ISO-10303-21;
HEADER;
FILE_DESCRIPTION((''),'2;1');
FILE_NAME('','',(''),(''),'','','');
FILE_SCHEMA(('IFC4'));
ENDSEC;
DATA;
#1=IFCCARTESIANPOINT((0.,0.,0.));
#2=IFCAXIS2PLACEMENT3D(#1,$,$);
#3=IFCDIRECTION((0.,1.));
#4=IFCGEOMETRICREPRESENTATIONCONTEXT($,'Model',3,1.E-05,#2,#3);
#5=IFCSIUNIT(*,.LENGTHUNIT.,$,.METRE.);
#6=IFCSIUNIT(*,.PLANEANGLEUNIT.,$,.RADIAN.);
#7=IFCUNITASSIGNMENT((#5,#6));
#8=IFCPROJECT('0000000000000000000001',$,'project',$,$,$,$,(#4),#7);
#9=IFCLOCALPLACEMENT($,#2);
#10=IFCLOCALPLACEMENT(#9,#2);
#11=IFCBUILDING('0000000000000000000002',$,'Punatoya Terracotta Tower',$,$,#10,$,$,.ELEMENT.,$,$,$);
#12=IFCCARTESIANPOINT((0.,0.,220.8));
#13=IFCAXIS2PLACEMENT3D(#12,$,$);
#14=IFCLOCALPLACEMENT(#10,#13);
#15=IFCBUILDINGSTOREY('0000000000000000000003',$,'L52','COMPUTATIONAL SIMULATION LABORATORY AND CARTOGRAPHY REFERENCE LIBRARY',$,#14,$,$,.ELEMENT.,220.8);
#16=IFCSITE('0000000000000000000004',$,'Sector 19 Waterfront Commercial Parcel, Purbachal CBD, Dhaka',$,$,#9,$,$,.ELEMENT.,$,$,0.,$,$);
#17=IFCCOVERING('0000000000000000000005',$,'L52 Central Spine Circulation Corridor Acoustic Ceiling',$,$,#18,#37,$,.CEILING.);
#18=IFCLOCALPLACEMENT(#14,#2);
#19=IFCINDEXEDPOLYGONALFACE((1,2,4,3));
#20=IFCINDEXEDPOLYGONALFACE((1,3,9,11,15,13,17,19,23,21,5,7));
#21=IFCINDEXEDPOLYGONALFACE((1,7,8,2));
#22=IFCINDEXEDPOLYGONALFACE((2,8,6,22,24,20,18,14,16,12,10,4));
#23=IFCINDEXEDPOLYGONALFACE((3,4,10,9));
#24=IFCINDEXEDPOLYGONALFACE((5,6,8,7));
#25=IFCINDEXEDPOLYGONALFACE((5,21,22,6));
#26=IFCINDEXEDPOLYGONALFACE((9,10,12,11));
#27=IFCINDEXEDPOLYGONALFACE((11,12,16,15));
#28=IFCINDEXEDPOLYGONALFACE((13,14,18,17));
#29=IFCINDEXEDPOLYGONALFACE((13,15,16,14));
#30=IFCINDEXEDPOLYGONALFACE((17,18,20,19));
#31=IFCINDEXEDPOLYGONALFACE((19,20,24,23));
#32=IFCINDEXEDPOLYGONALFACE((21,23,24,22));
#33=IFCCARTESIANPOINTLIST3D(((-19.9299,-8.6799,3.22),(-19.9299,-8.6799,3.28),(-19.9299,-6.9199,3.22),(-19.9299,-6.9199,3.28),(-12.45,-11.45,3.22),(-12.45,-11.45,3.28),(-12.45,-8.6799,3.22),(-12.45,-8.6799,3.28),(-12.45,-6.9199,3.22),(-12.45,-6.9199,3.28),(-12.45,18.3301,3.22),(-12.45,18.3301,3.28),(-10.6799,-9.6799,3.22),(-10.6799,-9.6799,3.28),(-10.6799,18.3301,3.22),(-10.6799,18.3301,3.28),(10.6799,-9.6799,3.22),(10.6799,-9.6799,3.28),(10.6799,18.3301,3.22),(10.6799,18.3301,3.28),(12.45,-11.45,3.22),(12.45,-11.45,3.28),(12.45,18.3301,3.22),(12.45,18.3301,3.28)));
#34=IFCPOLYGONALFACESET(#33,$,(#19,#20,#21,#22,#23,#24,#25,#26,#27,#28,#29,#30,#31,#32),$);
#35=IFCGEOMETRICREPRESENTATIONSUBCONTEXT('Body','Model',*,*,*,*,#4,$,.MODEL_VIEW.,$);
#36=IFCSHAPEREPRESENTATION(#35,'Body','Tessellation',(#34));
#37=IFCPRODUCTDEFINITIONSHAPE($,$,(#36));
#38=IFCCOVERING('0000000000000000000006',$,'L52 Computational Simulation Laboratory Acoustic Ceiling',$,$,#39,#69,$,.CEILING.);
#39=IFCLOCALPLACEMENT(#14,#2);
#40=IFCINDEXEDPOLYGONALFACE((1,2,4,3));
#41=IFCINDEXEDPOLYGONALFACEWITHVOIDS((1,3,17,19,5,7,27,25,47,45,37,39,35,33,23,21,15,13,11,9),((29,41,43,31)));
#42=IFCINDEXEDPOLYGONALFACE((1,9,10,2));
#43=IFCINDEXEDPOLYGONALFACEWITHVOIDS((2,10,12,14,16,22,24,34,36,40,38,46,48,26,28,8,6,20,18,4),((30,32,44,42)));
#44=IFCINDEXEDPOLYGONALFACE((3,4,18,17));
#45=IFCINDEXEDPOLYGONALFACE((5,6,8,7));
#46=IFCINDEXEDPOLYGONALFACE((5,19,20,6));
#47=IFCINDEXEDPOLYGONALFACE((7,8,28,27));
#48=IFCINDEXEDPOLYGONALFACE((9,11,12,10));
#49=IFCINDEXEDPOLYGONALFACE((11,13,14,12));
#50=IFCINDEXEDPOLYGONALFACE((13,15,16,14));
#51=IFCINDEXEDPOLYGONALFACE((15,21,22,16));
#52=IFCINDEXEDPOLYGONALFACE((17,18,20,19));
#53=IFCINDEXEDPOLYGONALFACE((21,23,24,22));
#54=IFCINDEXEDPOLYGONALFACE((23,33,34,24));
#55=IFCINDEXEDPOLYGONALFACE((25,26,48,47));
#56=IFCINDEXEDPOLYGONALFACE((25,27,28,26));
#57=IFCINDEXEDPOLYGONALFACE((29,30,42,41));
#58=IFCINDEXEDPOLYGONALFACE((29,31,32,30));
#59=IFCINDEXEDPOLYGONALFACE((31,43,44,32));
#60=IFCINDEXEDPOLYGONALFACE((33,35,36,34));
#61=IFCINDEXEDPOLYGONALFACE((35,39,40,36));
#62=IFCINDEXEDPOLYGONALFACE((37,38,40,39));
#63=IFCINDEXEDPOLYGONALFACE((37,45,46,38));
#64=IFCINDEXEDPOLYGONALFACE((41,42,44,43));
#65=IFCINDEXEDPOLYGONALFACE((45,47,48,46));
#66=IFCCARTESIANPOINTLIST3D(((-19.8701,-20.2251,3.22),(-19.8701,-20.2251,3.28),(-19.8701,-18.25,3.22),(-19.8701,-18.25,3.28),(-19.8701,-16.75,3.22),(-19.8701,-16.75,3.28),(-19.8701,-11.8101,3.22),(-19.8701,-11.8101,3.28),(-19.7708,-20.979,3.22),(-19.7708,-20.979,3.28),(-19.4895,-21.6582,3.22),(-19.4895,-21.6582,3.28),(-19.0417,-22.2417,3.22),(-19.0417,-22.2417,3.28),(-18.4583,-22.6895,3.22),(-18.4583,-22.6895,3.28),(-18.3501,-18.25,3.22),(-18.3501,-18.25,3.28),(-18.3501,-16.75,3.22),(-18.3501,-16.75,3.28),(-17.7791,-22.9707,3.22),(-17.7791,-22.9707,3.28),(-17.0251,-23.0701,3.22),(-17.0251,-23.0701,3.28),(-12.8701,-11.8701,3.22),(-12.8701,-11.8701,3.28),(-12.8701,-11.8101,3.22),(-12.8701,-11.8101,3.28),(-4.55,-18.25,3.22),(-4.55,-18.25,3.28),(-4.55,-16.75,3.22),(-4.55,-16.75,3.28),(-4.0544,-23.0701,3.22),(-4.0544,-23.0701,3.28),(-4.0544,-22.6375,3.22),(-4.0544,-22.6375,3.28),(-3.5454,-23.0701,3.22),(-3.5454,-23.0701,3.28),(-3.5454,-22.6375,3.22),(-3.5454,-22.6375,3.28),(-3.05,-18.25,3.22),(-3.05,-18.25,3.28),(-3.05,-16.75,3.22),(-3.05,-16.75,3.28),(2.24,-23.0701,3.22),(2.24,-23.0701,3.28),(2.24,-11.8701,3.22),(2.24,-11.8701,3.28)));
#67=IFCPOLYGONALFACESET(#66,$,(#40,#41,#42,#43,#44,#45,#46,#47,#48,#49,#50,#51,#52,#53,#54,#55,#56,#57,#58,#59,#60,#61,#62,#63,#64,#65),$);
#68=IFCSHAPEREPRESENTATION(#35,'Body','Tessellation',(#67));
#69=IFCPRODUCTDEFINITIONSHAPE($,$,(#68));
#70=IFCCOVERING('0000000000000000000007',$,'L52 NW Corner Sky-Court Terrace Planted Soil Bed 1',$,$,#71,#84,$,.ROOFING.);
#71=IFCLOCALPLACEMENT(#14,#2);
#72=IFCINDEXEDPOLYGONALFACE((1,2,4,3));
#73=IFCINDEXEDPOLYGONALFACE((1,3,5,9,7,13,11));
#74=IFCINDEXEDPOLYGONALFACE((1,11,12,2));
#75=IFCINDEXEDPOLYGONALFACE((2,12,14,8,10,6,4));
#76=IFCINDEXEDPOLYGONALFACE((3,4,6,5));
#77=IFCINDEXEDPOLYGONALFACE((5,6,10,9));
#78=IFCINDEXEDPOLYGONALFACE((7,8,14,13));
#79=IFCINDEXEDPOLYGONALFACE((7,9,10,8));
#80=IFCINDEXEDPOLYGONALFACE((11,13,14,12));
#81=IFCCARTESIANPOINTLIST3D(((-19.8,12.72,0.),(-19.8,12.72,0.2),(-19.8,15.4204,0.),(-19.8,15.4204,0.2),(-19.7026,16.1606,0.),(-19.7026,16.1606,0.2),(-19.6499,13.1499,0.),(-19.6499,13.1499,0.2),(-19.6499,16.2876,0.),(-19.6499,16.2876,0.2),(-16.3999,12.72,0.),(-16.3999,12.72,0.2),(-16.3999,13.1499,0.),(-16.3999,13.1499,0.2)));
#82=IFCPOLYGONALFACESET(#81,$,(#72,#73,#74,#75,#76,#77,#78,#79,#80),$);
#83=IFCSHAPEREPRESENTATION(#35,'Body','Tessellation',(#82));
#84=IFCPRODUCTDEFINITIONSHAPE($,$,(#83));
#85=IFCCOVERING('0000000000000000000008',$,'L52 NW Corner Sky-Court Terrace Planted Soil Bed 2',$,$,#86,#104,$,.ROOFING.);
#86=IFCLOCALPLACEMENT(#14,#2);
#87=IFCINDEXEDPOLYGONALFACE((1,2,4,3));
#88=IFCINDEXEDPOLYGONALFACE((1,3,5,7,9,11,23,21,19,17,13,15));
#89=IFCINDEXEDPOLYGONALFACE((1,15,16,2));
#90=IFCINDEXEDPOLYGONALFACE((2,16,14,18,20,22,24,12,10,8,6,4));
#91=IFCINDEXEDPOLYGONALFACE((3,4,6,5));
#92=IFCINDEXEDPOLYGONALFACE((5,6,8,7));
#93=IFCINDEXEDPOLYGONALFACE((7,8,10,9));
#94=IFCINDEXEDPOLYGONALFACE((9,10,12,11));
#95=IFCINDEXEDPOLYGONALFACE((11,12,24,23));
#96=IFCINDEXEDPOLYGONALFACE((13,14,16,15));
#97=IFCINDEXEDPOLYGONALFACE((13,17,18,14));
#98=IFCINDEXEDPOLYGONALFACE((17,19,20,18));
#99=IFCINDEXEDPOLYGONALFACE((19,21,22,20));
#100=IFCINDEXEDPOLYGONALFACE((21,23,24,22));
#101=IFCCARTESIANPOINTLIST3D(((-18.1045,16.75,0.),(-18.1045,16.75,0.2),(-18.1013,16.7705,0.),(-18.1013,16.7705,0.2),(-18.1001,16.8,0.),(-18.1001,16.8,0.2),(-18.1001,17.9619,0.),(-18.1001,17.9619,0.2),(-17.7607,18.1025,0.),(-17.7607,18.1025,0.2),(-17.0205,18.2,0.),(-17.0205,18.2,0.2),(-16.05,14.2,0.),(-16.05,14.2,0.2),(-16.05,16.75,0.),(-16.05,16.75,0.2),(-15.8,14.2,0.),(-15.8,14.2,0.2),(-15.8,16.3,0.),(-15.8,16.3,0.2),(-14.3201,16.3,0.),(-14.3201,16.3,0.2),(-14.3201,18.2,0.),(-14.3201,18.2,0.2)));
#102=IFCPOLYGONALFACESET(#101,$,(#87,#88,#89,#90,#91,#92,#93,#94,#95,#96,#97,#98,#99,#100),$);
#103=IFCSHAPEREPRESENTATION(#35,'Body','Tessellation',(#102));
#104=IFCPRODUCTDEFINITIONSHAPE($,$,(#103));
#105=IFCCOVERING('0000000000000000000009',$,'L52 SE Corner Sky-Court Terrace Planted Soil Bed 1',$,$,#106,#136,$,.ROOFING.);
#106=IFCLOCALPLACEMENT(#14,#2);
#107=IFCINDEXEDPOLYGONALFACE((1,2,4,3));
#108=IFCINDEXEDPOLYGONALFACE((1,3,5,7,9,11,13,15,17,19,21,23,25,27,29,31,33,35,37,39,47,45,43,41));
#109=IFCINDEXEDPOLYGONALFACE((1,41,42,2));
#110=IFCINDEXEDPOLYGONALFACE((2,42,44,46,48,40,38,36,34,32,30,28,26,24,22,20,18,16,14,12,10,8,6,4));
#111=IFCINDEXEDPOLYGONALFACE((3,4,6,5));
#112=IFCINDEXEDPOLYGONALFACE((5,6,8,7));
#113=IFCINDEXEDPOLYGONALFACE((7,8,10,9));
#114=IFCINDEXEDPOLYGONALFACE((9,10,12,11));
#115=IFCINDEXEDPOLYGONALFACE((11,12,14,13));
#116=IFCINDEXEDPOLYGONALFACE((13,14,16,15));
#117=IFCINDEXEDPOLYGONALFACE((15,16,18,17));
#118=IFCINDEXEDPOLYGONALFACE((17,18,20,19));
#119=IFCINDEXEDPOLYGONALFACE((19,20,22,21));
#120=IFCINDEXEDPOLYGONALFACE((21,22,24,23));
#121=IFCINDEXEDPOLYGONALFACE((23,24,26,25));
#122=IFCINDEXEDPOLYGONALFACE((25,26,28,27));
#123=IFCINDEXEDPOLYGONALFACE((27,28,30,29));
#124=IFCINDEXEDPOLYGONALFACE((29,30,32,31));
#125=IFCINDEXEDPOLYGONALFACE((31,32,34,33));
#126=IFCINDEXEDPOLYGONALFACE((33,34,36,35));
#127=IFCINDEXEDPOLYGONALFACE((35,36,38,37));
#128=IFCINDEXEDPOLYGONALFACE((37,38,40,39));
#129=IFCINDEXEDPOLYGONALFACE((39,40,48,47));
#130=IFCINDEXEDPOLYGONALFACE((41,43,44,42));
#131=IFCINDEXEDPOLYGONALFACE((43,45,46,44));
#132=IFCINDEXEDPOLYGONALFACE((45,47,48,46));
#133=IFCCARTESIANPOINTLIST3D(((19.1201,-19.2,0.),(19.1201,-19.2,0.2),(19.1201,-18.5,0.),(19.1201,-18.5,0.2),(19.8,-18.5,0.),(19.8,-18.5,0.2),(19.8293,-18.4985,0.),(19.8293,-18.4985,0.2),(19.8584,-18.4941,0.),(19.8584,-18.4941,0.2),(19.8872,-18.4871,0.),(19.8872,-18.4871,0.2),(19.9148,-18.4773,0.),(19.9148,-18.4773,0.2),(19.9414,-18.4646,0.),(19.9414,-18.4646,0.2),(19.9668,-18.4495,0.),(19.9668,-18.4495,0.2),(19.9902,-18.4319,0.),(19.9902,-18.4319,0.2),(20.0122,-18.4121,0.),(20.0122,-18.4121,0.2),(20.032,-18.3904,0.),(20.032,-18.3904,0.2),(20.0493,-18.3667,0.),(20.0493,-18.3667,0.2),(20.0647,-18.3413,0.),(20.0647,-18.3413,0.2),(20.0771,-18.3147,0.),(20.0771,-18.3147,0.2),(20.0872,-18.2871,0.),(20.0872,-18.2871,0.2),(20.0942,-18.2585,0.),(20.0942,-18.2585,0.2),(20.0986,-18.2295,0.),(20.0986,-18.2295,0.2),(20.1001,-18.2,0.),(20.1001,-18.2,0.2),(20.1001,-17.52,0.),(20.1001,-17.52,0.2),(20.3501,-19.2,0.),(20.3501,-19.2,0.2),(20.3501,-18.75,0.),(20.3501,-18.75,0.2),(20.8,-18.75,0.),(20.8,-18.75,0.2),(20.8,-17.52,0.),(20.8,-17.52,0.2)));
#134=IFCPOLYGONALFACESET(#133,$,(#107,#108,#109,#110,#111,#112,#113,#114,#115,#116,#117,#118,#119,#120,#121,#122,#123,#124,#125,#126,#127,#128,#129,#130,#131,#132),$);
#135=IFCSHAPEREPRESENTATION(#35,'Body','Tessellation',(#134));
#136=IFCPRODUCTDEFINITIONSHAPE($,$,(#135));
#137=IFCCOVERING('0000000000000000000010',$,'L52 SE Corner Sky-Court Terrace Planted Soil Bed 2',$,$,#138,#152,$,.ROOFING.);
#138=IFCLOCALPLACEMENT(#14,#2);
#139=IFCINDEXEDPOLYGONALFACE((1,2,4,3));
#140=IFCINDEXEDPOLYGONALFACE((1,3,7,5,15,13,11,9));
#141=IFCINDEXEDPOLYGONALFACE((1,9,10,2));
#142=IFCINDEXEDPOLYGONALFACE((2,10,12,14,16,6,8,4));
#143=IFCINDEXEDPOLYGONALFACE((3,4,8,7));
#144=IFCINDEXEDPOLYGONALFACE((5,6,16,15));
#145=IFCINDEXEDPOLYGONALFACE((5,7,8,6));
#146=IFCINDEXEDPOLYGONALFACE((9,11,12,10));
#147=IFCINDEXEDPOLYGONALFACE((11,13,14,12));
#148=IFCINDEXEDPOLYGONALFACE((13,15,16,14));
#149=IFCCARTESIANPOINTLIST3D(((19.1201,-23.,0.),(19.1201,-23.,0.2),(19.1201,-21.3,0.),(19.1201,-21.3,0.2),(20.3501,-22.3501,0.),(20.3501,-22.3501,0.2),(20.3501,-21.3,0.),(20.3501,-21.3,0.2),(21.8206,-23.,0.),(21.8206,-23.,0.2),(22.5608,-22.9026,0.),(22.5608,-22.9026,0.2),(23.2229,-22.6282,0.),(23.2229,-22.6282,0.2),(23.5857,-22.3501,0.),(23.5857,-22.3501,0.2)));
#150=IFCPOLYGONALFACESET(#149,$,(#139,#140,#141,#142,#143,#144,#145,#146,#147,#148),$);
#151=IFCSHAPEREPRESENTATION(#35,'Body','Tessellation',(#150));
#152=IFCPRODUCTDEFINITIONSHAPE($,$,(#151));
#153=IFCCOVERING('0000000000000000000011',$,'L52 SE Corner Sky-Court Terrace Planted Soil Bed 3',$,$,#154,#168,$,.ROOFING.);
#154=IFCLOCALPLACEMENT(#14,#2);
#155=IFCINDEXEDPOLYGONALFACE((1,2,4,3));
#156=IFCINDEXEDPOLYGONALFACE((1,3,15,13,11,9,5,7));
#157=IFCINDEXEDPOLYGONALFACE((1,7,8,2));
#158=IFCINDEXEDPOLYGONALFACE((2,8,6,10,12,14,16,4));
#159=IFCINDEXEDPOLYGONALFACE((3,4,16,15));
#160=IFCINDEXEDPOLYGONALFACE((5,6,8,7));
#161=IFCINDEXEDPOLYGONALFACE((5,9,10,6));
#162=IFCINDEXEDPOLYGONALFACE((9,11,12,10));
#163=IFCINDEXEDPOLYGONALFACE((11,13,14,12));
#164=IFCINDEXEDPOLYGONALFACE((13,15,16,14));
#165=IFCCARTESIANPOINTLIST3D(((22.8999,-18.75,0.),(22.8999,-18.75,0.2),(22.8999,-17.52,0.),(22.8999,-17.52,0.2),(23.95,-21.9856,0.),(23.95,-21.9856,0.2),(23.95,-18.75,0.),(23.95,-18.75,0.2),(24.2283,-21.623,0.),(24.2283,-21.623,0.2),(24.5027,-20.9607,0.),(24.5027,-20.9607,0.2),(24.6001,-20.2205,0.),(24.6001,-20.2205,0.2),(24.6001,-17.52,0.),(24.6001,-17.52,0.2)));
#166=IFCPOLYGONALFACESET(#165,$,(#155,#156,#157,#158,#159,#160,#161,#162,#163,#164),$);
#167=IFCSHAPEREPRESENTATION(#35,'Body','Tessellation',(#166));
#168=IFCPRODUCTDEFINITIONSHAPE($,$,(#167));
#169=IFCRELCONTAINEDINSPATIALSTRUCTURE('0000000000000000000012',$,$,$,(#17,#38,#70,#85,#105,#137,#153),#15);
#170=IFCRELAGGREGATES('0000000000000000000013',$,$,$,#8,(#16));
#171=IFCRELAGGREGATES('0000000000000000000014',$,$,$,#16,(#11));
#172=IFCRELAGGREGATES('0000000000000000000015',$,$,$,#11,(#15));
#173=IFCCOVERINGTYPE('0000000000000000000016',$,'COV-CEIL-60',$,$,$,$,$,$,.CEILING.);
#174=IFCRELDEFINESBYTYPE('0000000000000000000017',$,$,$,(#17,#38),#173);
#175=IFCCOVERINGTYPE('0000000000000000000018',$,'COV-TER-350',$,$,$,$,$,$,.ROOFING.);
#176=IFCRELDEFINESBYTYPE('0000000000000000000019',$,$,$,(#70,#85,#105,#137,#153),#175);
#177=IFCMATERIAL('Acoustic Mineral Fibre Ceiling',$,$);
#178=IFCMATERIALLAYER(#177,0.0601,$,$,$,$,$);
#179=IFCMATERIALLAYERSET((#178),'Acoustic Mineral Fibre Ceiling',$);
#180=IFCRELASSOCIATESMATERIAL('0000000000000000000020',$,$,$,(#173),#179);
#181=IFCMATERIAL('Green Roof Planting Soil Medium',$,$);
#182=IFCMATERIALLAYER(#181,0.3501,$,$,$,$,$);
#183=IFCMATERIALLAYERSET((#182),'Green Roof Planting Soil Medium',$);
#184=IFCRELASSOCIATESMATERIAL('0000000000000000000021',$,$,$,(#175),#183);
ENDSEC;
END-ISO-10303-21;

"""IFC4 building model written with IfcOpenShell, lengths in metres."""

from ifc_helpers import new_model, si_unit, direction, frame, origin, place, context, subcontext, project, spatial, polyline, outline, extrude, material, layer, layer_set, type_object, element, save


model = new_model("IFC4")

# Units and contexts
model_context = context("Model", 3, precision=1e-05, world=origin(), true_north=direction((0.0, 1.0)))
body_context = subcontext(model_context, "Body", "Model", "MODEL_VIEW")
ifc_project = project(units=[si_unit("LENGTHUNIT", "METRE"), si_unit("PLANEANGLEUNIT", "RADIAN")], contexts=[model_context])

# Site, building, storey
site_placement = place(None, origin())
site = spatial("IfcSite", under=ifc_project, at=site_placement, Name="Sector 19 Waterfront Commercial Parcel, Purbachal CBD, Dhaka", CompositionType="ELEMENT", RefElevation=0.0)
building_placement = place(site_placement, origin())
building = spatial("IfcBuilding", under=site, at=building_placement, Name="Punatoya Terracotta Tower", CompositionType="ELEMENT")
storey_placement = place(building_placement, frame((0.0, 0.0, 220.8)))
storey = spatial("IfcBuildingStorey", under=building, at=storey_placement, Name="L52", Description="COMPUTATIONAL SIMULATION LABORATORY AND CARTOGRAPHY REFERENCE LIBRARY", CompositionType="ELEMENT", Elevation=220.8)

# Coverings
ifc_material_1 = material(Name="Acoustic Mineral Fibre Ceiling")
ifc_layer_1 = layer(ifc_material_1, 0.0601)
ifc_layer_set_1 = layer_set([ifc_layer_1], Name="Acoustic Mineral Fibre Ceiling")
covering_type_1 = type_object("IfcCoveringType", Name="COV-CEIL-60", PredefinedType="CEILING", material=ifc_layer_set_1)
covering_1_placement = place(storey_placement, frame((0.0, 0.0, 3.22)))
element("IfcCovering", 1, at=covering_1_placement, inside=storey, type_object=covering_type_1, Name="L52 Central Spine Circulation Corridor Acoustic Ceiling", PredefinedType="CEILING", context=body_context, shape_type="SweptSolid", body=[
    extrude(outline(polyline([(-10.6799, -9.6799), (-10.6799, 18.3301), (-12.45, 18.3301), (-12.45, -6.9199), (-19.9299, -6.9199), (-19.9299, -8.6799), (-12.45, -8.6799), (-12.45, -11.45), (12.45, -11.45), (12.45, 18.3301), (10.6799, 18.3301), (10.6799, -9.6799), (-10.6799, -9.6799)])), origin(), (0.0, 0.0, 1.0), 0.0601),
])
covering_2_placement = place(storey_placement, frame((0.0, 0.0, 3.22)))
element("IfcCovering", 2, at=covering_2_placement, inside=storey, type_object=covering_type_1, Name="L52 Computational Simulation Laboratory Acoustic Ceiling", PredefinedType="CEILING", context=body_context, shape_type="SweptSolid", body=[
    extrude(outline(polyline([(-19.8701, -18.25), (-19.8701, -20.2251), (-19.7708, -20.979), (-19.4895, -21.6582), (-19.0417, -22.2417), (-18.4583, -22.6895), (-17.7791, -22.9707), (-17.0251, -23.0701), (-4.0544, -23.0701), (-4.0544, -22.6375), (-3.5454, -22.6375), (-3.5454, -23.0701), (2.24, -23.0701), (2.24, -11.8701), (-12.8701, -11.8701), (-12.8701, -11.8101), (-19.8701, -11.8101), (-19.8701, -16.75), (-18.3501, -16.75), (-18.3501, -18.25), (-19.8701, -18.25)]), holes=[polyline([(-3.05, -18.25), (-4.55, -18.25), (-4.55, -16.75), (-3.05, -16.75), (-3.05, -18.25)])]), origin(), (0.0, 0.0, 1.0), 0.0601),
])
ifc_material_2 = material(Name="Green Roof Planting Soil Medium")
ifc_layer_2 = layer(ifc_material_2, 0.3501)
ifc_layer_set_2 = layer_set([ifc_layer_2], Name="Green Roof Planting Soil Medium")
covering_type_2 = type_object("IfcCoveringType", Name="COV-TER-350", PredefinedType="ROOFING", material=ifc_layer_set_2)
covering_3_placement = place(storey_placement, origin())
element("IfcCovering", 3, at=covering_3_placement, inside=storey, type_object=covering_type_2, Name="L52 NW Corner Sky-Court Terrace Planted Soil Bed 1", PredefinedType="ROOFING", context=body_context, shape_type="SweptSolid", body=[
    extrude(outline(polyline([(-16.3999, 13.1499), (-19.6499, 13.1499), (-19.6499, 16.2876), (-19.7026, 16.1606), (-19.8, 15.4204), (-19.8, 12.72), (-16.3999, 12.72), (-16.3999, 13.1499)])), origin(), (0.0, 0.0, 1.0), 0.2),
])
covering_4_placement = place(storey_placement, origin())
element("IfcCovering", 4, at=covering_4_placement, inside=storey, type_object=covering_type_2, Name="L52 NW Corner Sky-Court Terrace Planted Soil Bed 2", PredefinedType="ROOFING", context=body_context, shape_type="SweptSolid", body=[
    extrude(outline(polyline([(-16.05, 16.75), (-16.05, 14.2), (-15.8, 14.2), (-15.8, 16.3), (-14.3201, 16.3), (-14.3201, 18.2), (-17.0205, 18.2), (-17.7607, 18.1025), (-18.1001, 17.9619), (-18.1001, 16.8), (-18.1013, 16.7705), (-18.1045, 16.75), (-16.05, 16.75)])), origin(), (0.0, 0.0, 1.0), 0.2),
])
covering_5_placement = place(storey_placement, origin())
element("IfcCovering", 5, at=covering_5_placement, inside=storey, type_object=covering_type_2, Name="L52 SE Corner Sky-Court Terrace Planted Soil Bed 1", PredefinedType="ROOFING", context=body_context, shape_type="SweptSolid", body=[
    extrude(outline(polyline([(20.3501, -18.75), (20.8, -18.75), (20.8, -17.52), (20.1001, -17.52), (20.1001, -18.2), (20.0986, -18.2295), (20.0942, -18.2585), (20.0872, -18.2871), (20.0771, -18.3147), (20.0647, -18.3413), (20.0493, -18.3667), (20.032, -18.3904), (20.0122, -18.4121), (19.9902, -18.4319), (19.9668, -18.4495), (19.9414, -18.4646), (19.9148, -18.4773), (19.8872, -18.4871), (19.8584, -18.4941), (19.8293, -18.4985), (19.8, -18.5), (19.1201, -18.5), (19.1201, -19.2), (20.3501, -19.2), (20.3501, -18.75)])), origin(), (0.0, 0.0, 1.0), 0.2),
])
covering_6_placement = place(storey_placement, origin())
element("IfcCovering", 6, at=covering_6_placement, inside=storey, type_object=covering_type_2, Name="L52 SE Corner Sky-Court Terrace Planted Soil Bed 2", PredefinedType="ROOFING", context=body_context, shape_type="SweptSolid", body=[
    extrude(outline(polyline([(23.5857, -22.3501), (20.3501, -22.3501), (20.3501, -21.3), (19.1201, -21.3), (19.1201, -23.0), (21.8206, -23.0), (22.5608, -22.9026), (23.2229, -22.6282), (23.5857, -22.3501)])), origin(), (0.0, 0.0, 1.0), 0.2),
])
covering_7_placement = place(storey_placement, origin())
element("IfcCovering", 7, at=covering_7_placement, inside=storey, type_object=covering_type_2, Name="L52 SE Corner Sky-Court Terrace Planted Soil Bed 3", PredefinedType="ROOFING", context=body_context, shape_type="SweptSolid", body=[
    extrude(outline(polyline([(23.95, -18.75), (23.95, -21.9856), (24.2283, -21.623), (24.5027, -20.9607), (24.6001, -20.2205), (24.6001, -17.52), (22.8999, -17.52), (22.8999, -18.75), (23.95, -18.75)])), origin(), (0.0, 0.0, 1.0), 0.2),
])

save(model, "model.ifc")
